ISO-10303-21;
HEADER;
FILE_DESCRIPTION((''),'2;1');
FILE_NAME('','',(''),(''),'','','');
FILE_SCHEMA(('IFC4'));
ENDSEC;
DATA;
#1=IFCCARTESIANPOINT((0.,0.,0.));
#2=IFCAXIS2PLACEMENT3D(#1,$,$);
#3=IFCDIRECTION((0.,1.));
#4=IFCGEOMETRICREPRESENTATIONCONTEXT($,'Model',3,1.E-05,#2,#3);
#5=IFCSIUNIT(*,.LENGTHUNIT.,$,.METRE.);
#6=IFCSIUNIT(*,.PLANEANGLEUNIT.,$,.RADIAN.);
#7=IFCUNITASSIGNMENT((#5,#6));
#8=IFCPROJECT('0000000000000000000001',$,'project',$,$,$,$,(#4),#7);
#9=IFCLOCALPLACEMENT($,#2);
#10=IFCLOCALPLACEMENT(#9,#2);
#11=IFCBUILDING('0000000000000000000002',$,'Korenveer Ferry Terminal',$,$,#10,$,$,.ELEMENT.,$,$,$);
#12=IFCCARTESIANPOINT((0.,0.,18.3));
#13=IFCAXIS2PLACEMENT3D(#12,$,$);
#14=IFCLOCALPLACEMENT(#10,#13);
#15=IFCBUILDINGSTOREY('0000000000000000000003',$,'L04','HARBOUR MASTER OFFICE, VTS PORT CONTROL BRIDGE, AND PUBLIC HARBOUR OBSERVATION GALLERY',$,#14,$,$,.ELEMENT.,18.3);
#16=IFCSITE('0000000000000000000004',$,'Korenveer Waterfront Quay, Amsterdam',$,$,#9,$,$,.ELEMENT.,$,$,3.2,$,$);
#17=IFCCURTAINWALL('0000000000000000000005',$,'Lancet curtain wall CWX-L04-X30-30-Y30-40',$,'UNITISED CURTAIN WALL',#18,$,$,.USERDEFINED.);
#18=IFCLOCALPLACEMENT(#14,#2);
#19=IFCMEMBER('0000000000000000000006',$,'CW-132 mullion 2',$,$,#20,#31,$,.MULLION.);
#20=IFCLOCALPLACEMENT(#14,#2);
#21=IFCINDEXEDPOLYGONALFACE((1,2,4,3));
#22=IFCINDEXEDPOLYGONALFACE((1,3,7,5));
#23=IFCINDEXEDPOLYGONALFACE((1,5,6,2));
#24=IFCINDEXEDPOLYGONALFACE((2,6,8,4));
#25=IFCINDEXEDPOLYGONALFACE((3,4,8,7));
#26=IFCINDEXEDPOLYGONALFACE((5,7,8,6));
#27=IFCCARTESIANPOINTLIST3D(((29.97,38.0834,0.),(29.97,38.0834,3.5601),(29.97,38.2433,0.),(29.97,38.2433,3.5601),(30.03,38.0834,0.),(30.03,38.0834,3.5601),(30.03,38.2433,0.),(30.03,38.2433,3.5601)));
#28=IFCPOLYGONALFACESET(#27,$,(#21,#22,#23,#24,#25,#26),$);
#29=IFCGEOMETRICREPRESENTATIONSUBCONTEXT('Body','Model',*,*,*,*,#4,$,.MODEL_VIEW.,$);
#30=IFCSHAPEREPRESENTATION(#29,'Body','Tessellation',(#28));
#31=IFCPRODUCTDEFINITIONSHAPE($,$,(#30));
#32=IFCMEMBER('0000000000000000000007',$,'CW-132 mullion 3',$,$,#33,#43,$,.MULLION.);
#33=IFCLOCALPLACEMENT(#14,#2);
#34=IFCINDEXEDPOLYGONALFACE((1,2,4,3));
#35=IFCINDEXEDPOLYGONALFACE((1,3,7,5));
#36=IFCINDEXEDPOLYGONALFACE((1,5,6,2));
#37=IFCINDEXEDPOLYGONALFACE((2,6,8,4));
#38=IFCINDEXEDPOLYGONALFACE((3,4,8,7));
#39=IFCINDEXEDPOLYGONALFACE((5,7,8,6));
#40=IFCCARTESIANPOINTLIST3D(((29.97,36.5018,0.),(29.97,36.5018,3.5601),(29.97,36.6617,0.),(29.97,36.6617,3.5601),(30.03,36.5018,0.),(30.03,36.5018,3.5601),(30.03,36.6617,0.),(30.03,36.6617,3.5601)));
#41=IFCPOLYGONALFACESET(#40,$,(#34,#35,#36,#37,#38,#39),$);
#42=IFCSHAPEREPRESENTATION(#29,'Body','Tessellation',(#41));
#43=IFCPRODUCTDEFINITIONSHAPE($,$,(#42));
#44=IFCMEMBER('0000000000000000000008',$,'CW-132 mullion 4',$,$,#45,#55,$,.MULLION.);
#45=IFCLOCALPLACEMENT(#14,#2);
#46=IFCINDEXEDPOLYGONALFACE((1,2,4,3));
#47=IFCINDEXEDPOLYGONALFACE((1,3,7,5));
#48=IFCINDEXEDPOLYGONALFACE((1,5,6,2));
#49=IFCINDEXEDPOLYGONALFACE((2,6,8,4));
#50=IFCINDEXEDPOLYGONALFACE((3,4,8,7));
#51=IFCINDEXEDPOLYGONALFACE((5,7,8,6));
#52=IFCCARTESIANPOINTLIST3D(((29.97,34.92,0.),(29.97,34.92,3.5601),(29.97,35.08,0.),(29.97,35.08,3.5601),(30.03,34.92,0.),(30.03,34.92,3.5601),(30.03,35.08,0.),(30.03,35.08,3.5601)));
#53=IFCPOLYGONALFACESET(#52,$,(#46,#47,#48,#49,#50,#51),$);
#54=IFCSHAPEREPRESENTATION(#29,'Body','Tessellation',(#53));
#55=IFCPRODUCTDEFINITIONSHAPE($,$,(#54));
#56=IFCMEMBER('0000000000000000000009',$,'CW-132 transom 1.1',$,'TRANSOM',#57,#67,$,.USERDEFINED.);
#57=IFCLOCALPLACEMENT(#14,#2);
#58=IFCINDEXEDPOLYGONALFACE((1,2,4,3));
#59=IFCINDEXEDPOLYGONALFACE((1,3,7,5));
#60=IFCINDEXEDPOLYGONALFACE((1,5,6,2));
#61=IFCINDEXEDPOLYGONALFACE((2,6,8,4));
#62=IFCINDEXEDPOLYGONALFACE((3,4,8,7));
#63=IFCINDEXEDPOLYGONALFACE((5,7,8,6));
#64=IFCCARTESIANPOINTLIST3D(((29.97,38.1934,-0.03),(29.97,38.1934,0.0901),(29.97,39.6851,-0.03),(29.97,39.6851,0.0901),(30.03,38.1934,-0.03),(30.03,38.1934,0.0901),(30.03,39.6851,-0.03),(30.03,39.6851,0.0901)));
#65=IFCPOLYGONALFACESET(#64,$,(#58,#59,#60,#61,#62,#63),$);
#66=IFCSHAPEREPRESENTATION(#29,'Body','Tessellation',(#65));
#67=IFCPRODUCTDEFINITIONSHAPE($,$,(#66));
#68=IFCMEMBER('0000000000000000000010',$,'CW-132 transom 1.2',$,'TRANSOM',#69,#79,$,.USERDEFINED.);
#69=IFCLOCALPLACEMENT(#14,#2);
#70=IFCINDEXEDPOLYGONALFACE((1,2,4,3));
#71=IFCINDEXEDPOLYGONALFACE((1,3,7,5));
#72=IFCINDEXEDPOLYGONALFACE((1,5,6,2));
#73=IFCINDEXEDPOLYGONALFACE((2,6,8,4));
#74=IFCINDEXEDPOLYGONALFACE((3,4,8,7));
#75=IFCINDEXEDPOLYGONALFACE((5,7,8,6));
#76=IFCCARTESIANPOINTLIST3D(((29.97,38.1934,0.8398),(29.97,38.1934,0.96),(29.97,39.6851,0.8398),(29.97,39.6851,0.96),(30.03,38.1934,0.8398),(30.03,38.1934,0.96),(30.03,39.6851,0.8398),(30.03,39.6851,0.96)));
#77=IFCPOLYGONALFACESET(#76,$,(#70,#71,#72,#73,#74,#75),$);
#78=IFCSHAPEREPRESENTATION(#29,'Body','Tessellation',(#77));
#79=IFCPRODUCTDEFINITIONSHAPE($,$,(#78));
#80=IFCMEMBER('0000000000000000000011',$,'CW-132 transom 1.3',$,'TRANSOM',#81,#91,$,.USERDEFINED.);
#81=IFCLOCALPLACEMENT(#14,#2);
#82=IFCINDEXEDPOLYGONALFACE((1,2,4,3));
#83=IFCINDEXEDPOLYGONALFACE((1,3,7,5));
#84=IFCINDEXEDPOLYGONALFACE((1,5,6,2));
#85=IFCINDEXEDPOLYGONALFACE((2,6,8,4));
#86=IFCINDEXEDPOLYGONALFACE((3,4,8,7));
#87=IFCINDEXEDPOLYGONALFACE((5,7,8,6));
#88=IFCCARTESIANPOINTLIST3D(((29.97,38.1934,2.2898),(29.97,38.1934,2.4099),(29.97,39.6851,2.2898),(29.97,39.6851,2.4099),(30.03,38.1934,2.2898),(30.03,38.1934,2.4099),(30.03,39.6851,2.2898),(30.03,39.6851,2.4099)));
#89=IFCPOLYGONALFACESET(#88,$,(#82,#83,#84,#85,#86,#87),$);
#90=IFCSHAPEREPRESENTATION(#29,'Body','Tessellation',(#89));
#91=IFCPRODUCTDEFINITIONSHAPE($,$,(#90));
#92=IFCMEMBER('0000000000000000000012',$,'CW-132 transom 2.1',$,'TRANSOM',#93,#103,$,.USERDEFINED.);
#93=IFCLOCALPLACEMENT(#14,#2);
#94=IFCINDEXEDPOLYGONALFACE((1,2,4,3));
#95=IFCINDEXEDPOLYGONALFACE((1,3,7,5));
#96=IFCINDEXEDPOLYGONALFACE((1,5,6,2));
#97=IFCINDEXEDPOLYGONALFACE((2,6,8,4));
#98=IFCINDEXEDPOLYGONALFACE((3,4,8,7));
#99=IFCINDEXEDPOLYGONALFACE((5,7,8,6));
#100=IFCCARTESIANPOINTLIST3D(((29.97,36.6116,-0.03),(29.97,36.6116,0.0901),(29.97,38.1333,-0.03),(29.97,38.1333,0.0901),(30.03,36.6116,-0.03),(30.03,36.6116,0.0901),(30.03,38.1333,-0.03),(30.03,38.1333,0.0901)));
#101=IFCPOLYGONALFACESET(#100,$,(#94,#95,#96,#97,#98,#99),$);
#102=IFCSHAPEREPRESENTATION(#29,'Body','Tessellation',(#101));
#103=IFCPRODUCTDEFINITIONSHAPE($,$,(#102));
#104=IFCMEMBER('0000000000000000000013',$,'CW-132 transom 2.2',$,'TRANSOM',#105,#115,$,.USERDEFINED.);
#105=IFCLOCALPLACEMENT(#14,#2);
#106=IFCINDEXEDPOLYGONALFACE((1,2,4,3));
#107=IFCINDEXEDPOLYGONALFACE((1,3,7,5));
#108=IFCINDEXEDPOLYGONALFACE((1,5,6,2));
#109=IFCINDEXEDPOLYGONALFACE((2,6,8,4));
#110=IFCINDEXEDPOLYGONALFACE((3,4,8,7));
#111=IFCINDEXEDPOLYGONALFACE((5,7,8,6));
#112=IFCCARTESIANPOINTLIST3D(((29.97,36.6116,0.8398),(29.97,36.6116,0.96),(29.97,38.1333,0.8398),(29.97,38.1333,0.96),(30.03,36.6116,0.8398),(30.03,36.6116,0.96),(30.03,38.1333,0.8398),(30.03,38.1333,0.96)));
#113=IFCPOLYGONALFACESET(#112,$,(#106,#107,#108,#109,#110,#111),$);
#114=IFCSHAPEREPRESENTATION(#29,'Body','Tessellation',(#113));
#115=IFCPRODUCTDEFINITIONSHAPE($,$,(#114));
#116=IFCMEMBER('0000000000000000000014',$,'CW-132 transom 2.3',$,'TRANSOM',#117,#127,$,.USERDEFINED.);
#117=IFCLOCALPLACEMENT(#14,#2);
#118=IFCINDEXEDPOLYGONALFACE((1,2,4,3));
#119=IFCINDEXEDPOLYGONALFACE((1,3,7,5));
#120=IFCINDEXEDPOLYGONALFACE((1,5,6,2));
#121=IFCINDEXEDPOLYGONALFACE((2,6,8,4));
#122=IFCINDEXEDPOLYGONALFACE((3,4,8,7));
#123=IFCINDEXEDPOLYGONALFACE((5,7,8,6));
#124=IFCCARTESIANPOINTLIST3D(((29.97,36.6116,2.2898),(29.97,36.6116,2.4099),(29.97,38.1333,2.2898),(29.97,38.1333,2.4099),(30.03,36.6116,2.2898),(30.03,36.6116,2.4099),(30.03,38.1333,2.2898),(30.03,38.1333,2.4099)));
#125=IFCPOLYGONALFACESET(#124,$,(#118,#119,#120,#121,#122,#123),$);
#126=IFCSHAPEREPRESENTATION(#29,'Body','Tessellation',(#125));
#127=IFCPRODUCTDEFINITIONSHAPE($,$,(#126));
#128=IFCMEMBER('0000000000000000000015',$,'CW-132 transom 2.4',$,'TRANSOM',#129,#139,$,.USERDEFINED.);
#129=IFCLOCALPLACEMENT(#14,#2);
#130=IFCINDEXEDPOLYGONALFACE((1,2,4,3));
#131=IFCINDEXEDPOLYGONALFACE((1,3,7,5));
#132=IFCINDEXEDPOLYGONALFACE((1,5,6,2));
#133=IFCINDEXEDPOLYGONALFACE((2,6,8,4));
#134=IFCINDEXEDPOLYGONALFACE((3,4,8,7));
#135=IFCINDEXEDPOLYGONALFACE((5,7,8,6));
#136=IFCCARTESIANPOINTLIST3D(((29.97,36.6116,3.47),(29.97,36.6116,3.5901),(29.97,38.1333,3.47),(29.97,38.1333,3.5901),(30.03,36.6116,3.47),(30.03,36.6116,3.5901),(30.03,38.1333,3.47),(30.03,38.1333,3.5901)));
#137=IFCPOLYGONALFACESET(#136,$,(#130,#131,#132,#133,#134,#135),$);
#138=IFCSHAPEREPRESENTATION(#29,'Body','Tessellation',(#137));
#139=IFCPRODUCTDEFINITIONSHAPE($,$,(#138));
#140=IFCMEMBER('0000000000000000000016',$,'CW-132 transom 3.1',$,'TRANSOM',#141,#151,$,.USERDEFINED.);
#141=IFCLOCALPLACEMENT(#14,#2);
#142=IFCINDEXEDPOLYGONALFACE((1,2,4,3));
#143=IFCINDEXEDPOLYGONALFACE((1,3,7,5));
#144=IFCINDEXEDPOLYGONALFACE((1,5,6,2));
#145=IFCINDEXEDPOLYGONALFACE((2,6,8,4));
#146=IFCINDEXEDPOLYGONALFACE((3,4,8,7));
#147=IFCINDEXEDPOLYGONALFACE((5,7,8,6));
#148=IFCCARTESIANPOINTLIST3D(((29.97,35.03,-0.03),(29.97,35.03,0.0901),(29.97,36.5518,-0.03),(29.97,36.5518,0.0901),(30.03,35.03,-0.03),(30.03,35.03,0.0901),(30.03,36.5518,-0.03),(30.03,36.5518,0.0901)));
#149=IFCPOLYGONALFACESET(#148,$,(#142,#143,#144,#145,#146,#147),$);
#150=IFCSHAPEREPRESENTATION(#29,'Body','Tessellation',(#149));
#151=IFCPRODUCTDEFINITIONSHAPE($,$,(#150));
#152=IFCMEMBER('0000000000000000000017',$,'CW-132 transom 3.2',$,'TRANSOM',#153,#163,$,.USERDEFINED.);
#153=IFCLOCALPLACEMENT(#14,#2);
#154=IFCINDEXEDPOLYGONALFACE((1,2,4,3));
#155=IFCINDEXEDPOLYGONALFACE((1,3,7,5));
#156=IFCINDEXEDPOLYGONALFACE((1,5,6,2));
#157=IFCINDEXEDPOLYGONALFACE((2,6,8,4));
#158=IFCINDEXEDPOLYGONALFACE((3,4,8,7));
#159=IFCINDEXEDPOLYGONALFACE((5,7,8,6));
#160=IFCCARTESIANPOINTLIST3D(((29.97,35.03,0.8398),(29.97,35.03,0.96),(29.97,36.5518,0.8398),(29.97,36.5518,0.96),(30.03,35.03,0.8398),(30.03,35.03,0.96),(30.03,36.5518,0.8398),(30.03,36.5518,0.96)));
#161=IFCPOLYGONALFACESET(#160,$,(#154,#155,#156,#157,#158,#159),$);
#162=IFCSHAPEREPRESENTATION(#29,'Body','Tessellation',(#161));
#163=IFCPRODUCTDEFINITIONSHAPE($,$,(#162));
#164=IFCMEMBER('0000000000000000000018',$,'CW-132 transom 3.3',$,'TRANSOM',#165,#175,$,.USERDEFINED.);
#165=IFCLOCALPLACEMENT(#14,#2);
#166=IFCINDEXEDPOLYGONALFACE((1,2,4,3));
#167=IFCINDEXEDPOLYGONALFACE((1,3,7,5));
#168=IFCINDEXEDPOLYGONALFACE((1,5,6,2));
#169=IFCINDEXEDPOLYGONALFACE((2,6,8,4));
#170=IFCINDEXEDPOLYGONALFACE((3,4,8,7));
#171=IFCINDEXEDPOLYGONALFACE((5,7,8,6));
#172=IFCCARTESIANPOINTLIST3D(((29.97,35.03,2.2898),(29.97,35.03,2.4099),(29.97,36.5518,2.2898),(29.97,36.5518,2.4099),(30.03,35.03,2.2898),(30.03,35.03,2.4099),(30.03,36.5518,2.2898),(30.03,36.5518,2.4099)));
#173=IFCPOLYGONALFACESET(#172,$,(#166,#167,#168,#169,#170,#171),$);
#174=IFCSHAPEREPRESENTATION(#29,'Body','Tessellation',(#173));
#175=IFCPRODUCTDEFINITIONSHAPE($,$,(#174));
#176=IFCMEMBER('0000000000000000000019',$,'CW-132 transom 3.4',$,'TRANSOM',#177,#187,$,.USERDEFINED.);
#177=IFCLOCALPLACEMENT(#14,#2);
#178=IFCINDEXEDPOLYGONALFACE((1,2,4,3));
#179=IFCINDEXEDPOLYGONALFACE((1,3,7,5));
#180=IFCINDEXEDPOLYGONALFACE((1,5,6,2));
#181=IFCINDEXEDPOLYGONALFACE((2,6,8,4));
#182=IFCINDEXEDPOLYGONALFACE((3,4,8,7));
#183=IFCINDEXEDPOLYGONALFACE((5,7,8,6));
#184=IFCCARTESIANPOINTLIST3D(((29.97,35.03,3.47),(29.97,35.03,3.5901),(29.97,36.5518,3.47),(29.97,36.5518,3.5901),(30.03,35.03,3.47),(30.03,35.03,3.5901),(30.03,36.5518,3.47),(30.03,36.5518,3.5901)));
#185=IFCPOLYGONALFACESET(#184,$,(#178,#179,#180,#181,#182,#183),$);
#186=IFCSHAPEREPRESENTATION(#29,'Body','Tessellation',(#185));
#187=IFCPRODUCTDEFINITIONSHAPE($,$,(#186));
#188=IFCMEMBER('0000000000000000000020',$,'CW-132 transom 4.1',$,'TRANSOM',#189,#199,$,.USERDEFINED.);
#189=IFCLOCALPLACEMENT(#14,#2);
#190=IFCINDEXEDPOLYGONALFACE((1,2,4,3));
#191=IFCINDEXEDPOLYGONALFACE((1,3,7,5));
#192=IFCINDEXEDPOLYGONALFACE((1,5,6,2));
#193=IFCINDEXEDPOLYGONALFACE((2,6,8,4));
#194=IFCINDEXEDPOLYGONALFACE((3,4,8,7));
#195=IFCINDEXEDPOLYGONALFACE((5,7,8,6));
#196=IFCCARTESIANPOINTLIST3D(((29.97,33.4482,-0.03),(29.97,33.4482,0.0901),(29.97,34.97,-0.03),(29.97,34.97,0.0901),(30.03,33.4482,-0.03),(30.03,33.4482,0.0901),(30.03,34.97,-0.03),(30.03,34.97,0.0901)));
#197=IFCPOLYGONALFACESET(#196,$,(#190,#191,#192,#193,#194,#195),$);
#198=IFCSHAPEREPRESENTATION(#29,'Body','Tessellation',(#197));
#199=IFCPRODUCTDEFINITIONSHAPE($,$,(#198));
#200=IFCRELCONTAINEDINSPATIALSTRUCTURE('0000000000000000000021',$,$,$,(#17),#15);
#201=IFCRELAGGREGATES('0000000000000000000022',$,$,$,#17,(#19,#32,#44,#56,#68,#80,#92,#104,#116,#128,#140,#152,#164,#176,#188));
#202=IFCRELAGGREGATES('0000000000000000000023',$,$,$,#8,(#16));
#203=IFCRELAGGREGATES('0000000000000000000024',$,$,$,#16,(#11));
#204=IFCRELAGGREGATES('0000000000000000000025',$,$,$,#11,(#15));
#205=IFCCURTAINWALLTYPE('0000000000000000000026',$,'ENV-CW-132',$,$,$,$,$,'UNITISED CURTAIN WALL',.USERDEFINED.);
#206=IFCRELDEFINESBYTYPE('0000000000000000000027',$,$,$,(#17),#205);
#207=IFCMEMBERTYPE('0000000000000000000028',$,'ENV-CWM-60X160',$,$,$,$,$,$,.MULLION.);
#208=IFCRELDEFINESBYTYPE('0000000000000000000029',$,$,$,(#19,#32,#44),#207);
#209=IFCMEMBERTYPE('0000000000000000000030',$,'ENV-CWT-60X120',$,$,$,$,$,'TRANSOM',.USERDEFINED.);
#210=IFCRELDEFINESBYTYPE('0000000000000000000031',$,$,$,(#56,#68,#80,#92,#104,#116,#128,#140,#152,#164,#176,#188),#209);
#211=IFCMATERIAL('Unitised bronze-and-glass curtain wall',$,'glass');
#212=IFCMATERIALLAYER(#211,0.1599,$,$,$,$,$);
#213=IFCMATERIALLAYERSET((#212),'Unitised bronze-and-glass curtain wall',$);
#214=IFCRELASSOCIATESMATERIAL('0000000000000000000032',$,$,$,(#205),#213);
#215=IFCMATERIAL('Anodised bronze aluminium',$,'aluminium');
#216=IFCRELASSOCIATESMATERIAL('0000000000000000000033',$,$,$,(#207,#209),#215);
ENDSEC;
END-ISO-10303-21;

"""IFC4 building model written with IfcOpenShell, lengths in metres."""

from ifc_helpers import new_model, si_unit, direction, frame, origin, origin_2d, place, context, subcontext, project, spatial, rectangle, extrude, material, layer, layer_set, material_profile, profile_set, type_object, element, aggregate, save


model = new_model("IFC4")

# Units and contexts
model_context = context("Model", 3, precision=1e-05, world=origin(), true_north=direction((0.0, 1.0)))
body_context = subcontext(model_context, "Body", "Model", "MODEL_VIEW")
ifc_project = project(units=[si_unit("LENGTHUNIT", "METRE"), si_unit("PLANEANGLEUNIT", "RADIAN")], contexts=[model_context])

# Site, building, storey
site_placement = place(None, origin())
site = spatial("IfcSite", under=ifc_project, at=site_placement, Name="Korenveer Waterfront Quay, Amsterdam", CompositionType="ELEMENT", RefElevation=3.2)
building_placement = place(site_placement, origin())
building = spatial("IfcBuilding", under=site, at=building_placement, Name="Korenveer Ferry Terminal", CompositionType="ELEMENT")
storey_placement = place(building_placement, frame((0.0, 0.0, 18.3)))
storey = spatial("IfcBuildingStorey", under=building, at=storey_placement, Name="L04", Description="HARBOUR MASTER OFFICE, VTS PORT CONTROL BRIDGE, AND PUBLIC HARBOUR OBSERVATION GALLERY", CompositionType="ELEMENT", Elevation=18.3)

# Curtain wall, members
ifc_material_1 = material(Name="Unitised bronze-and-glass curtain wall", Category="glass")
ifc_layer_1 = layer(ifc_material_1, 0.1599)
ifc_layer_set_1 = layer_set([ifc_layer_1], Name="Unitised bronze-and-glass curtain wall")
curtain_wall_type = type_object("IfcCurtainWallType", Name="ENV-CW-132", ElementType="UNITISED CURTAIN WALL", PredefinedType="USERDEFINED", material=ifc_layer_set_1)
curtain_wall_placement = place(storey_placement, frame((30.0, 39.7451, 0.0)))
curtain_wall = element("IfcCurtainWall", 1, at=curtain_wall_placement, inside=storey, type_object=curtain_wall_type, Name="Lancet curtain wall CWX-L04-X30-30-Y30-40", ObjectType="UNITISED CURTAIN WALL", PredefinedType="USERDEFINED")
ifc_material_2 = material(Name="Anodised bronze aluminium", Category="aluminium")
ifc_material_profile_1 = material_profile(ifc_material_2, rectangle(XDim=0.0601, YDim=0.1599, at=origin_2d()), Name="ALU 60x160")
ifc_profile_set_1 = profile_set([ifc_material_profile_1], Name="Anodised bronze aluminium")
member_type_1 = type_object("IfcMemberType", Name="ENV-CWM-60X160", PredefinedType="MULLION", material=ifc_profile_set_1)
member_1_placement = place(storey_placement, frame((30.0, 38.1633, 0.0), z_axis=(0.0, 0.0, 1.0), x_axis=(1.0, 0.0, 0.0)))
member_1 = element("IfcMember", 2, at=member_1_placement, type_object=member_type_1, Name="CW-132 mullion 2", PredefinedType="MULLION", context=body_context, shape_type="SweptSolid", body=[
    extrude(rectangle(XDim=0.0601, YDim=0.1599, at=origin_2d()), origin(), (0.0, 0.0, 1.0), 3.5601),
])
member_2_placement = place(storey_placement, frame((30.0, 36.5818, 0.0), z_axis=(0.0, 0.0, 1.0), x_axis=(1.0, 0.0, 0.0)))
member_2 = element("IfcMember", 3, at=member_2_placement, type_object=member_type_1, Name="CW-132 mullion 3", PredefinedType="MULLION", context=body_context, shape_type="SweptSolid", body=[
    extrude(rectangle(XDim=0.0601, YDim=0.1599, at=origin_2d()), origin(), (0.0, 0.0, 1.0), 3.5601),
])
member_3_placement = place(storey_placement, frame((30.0, 35.0, 0.0), z_axis=(0.0, 0.0, 1.0), x_axis=(1.0, 0.0, 0.0)))
member_3 = element("IfcMember", 4, at=member_3_placement, type_object=member_type_1, Name="CW-132 mullion 4", PredefinedType="MULLION", context=body_context, shape_type="SweptSolid", body=[
    extrude(rectangle(XDim=0.0601, YDim=0.1599, at=origin_2d()), origin(), (0.0, 0.0, 1.0), 3.5601),
])
ifc_material_profile_2 = material_profile(ifc_material_2, rectangle(XDim=0.0601, YDim=0.1201, at=origin_2d()), Name="ALU 60x120")
ifc_profile_set_2 = profile_set([ifc_material_profile_2], Name="Anodised bronze aluminium")
member_type_2 = type_object("IfcMemberType", Name="ENV-CWT-60X120", ElementType="TRANSOM", PredefinedType="USERDEFINED", material=ifc_profile_set_2)
member_4_placement = place(storey_placement, frame((30.0, 39.6851, 0.03), z_axis=(0.0, -1.0, 0.0), x_axis=(1.0, 0.0, 0.0)))
member_4 = element("IfcMember", 5, at=member_4_placement, type_object=member_type_2, Name="CW-132 transom 1.1", ObjectType="TRANSOM", PredefinedType="USERDEFINED", context=body_context, shape_type="SweptSolid", body=[
    extrude(rectangle(XDim=0.0601, YDim=0.1201, at=origin_2d()), origin(), (0.0, 0.0, 1.0), 1.4917),
])
member_5_placement = place(storey_placement, frame((30.0, 39.6851, 0.8999), z_axis=(0.0, -1.0, 0.0), x_axis=(1.0, 0.0, 0.0)))
member_5 = element("IfcMember", 6, at=member_5_placement, type_object=member_type_2, Name="CW-132 transom 1.2", ObjectType="TRANSOM", PredefinedType="USERDEFINED", context=body_context, shape_type="SweptSolid", body=[
    extrude(rectangle(XDim=0.0601, YDim=0.1201, at=origin_2d()), origin(), (0.0, 0.0, 1.0), 1.4917),
])
member_6_placement = place(storey_placement, frame((30.0, 39.6851, 2.3499), z_axis=(0.0, -1.0, 0.0), x_axis=(1.0, 0.0, 0.0)))
member_6 = element("IfcMember", 7, at=member_6_placement, type_object=member_type_2, Name="CW-132 transom 1.3", ObjectType="TRANSOM", PredefinedType="USERDEFINED", context=body_context, shape_type="SweptSolid", body=[
    extrude(rectangle(XDim=0.0601, YDim=0.1201, at=origin_2d()), origin(), (0.0, 0.0, 1.0), 1.4917),
])
member_7_placement = place(storey_placement, frame((30.0, 38.1333, 0.03), z_axis=(0.0, -1.0, 0.0), x_axis=(1.0, 0.0, 0.0)))
member_7 = element("IfcMember", 8, at=member_7_placement, type_object=member_type_2, Name="CW-132 transom 2.1", ObjectType="TRANSOM", PredefinedType="USERDEFINED", context=body_context, shape_type="SweptSolid", body=[
    extrude(rectangle(XDim=0.0601, YDim=0.1201, at=origin_2d()), origin(), (0.0, 0.0, 1.0), 1.5217),
])
member_8_placement = place(storey_placement, frame((30.0, 38.1333, 0.8999), z_axis=(0.0, -1.0, 0.0), x_axis=(1.0, 0.0, 0.0)))
member_8 = element("IfcMember", 9, at=member_8_placement, type_object=member_type_2, Name="CW-132 transom 2.2", ObjectType="TRANSOM", PredefinedType="USERDEFINED", context=body_context, shape_type="SweptSolid", body=[
    extrude(rectangle(XDim=0.0601, YDim=0.1201, at=origin_2d()), origin(), (0.0, 0.0, 1.0), 1.5217),
])
member_9_placement = place(storey_placement, frame((30.0, 38.1333, 2.3499), z_axis=(0.0, -1.0, 0.0), x_axis=(1.0, 0.0, 0.0)))
member_9 = element("IfcMember", 10, at=member_9_placement, type_object=member_type_2, Name="CW-132 transom 2.3", ObjectType="TRANSOM", PredefinedType="USERDEFINED", context=body_context, shape_type="SweptSolid", body=[
    extrude(rectangle(XDim=0.0601, YDim=0.1201, at=origin_2d()), origin(), (0.0, 0.0, 1.0), 1.5217),
])
member_10_placement = place(storey_placement, frame((30.0, 38.1333, 3.53), z_axis=(0.0, -1.0, 0.0), x_axis=(1.0, 0.0, 0.0)))
member_10 = element("IfcMember", 11, at=member_10_placement, type_object=member_type_2, Name="CW-132 transom 2.4", ObjectType="TRANSOM", PredefinedType="USERDEFINED", context=body_context, shape_type="SweptSolid", body=[
    extrude(rectangle(XDim=0.0601, YDim=0.1201, at=origin_2d()), origin(), (0.0, 0.0, 1.0), 1.5217),
])
member_11_placement = place(storey_placement, frame((30.0, 36.5518, 0.03), z_axis=(0.0, -1.0, 0.0), x_axis=(1.0, 0.0, 0.0)))
member_11 = element("IfcMember", 12, at=member_11_placement, type_object=member_type_2, Name="CW-132 transom 3.1", ObjectType="TRANSOM", PredefinedType="USERDEFINED", context=body_context, shape_type="SweptSolid", body=[
    extrude(rectangle(XDim=0.0601, YDim=0.1201, at=origin_2d()), origin(), (0.0, 0.0, 1.0), 1.5217),
])
member_12_placement = place(storey_placement, frame((30.0, 36.5518, 0.8999), z_axis=(0.0, -1.0, 0.0), x_axis=(1.0, 0.0, 0.0)))
member_12 = element("IfcMember", 13, at=member_12_placement, type_object=member_type_2, Name="CW-132 transom 3.2", ObjectType="TRANSOM", PredefinedType="USERDEFINED", context=body_context, shape_type="SweptSolid", body=[
    extrude(rectangle(XDim=0.0601, YDim=0.1201, at=origin_2d()), origin(), (0.0, 0.0, 1.0), 1.5217),
])
member_13_placement = place(storey_placement, frame((30.0, 36.5518, 2.3499), z_axis=(0.0, -1.0, 0.0), x_axis=(1.0, 0.0, 0.0)))
member_13 = element("IfcMember", 14, at=member_13_placement, type_object=member_type_2, Name="CW-132 transom 3.3", ObjectType="TRANSOM", PredefinedType="USERDEFINED", context=body_context, shape_type="SweptSolid", body=[
    extrude(rectangle(XDim=0.0601, YDim=0.1201, at=origin_2d()), origin(), (0.0, 0.0, 1.0), 1.5217),
])
member_14_placement = place(storey_placement, frame((30.0, 36.5518, 3.53), z_axis=(0.0, -1.0, 0.0), x_axis=(1.0, 0.0, 0.0)))
member_14 = element("IfcMember", 15, at=member_14_placement, type_object=member_type_2, Name="CW-132 transom 3.4", ObjectType="TRANSOM", PredefinedType="USERDEFINED", context=body_context, shape_type="SweptSolid", body=[
    extrude(rectangle(XDim=0.0601, YDim=0.1201, at=origin_2d()), origin(), (0.0, 0.0, 1.0), 1.5217),
])
member_15_placement = place(storey_placement, frame((30.0, 34.97, 0.03), z_axis=(0.0, -1.0, 0.0), x_axis=(1.0, 0.0, 0.0)))
member_15 = element("IfcMember", 16, at=member_15_placement, type_object=member_type_2, Name="CW-132 transom 4.1", ObjectType="TRANSOM", PredefinedType="USERDEFINED", context=body_context, shape_type="SweptSolid", body=[
    extrude(rectangle(XDim=0.0601, YDim=0.1201, at=origin_2d()), origin(), (0.0, 0.0, 1.0), 1.5217),
])
aggregate(curtain_wall, [member_1, member_2, member_3, member_4, member_5, member_6, member_7, member_8, member_9, member_10, member_11, member_12, member_13, member_14, member_15])

save(model, "model.ifc")
